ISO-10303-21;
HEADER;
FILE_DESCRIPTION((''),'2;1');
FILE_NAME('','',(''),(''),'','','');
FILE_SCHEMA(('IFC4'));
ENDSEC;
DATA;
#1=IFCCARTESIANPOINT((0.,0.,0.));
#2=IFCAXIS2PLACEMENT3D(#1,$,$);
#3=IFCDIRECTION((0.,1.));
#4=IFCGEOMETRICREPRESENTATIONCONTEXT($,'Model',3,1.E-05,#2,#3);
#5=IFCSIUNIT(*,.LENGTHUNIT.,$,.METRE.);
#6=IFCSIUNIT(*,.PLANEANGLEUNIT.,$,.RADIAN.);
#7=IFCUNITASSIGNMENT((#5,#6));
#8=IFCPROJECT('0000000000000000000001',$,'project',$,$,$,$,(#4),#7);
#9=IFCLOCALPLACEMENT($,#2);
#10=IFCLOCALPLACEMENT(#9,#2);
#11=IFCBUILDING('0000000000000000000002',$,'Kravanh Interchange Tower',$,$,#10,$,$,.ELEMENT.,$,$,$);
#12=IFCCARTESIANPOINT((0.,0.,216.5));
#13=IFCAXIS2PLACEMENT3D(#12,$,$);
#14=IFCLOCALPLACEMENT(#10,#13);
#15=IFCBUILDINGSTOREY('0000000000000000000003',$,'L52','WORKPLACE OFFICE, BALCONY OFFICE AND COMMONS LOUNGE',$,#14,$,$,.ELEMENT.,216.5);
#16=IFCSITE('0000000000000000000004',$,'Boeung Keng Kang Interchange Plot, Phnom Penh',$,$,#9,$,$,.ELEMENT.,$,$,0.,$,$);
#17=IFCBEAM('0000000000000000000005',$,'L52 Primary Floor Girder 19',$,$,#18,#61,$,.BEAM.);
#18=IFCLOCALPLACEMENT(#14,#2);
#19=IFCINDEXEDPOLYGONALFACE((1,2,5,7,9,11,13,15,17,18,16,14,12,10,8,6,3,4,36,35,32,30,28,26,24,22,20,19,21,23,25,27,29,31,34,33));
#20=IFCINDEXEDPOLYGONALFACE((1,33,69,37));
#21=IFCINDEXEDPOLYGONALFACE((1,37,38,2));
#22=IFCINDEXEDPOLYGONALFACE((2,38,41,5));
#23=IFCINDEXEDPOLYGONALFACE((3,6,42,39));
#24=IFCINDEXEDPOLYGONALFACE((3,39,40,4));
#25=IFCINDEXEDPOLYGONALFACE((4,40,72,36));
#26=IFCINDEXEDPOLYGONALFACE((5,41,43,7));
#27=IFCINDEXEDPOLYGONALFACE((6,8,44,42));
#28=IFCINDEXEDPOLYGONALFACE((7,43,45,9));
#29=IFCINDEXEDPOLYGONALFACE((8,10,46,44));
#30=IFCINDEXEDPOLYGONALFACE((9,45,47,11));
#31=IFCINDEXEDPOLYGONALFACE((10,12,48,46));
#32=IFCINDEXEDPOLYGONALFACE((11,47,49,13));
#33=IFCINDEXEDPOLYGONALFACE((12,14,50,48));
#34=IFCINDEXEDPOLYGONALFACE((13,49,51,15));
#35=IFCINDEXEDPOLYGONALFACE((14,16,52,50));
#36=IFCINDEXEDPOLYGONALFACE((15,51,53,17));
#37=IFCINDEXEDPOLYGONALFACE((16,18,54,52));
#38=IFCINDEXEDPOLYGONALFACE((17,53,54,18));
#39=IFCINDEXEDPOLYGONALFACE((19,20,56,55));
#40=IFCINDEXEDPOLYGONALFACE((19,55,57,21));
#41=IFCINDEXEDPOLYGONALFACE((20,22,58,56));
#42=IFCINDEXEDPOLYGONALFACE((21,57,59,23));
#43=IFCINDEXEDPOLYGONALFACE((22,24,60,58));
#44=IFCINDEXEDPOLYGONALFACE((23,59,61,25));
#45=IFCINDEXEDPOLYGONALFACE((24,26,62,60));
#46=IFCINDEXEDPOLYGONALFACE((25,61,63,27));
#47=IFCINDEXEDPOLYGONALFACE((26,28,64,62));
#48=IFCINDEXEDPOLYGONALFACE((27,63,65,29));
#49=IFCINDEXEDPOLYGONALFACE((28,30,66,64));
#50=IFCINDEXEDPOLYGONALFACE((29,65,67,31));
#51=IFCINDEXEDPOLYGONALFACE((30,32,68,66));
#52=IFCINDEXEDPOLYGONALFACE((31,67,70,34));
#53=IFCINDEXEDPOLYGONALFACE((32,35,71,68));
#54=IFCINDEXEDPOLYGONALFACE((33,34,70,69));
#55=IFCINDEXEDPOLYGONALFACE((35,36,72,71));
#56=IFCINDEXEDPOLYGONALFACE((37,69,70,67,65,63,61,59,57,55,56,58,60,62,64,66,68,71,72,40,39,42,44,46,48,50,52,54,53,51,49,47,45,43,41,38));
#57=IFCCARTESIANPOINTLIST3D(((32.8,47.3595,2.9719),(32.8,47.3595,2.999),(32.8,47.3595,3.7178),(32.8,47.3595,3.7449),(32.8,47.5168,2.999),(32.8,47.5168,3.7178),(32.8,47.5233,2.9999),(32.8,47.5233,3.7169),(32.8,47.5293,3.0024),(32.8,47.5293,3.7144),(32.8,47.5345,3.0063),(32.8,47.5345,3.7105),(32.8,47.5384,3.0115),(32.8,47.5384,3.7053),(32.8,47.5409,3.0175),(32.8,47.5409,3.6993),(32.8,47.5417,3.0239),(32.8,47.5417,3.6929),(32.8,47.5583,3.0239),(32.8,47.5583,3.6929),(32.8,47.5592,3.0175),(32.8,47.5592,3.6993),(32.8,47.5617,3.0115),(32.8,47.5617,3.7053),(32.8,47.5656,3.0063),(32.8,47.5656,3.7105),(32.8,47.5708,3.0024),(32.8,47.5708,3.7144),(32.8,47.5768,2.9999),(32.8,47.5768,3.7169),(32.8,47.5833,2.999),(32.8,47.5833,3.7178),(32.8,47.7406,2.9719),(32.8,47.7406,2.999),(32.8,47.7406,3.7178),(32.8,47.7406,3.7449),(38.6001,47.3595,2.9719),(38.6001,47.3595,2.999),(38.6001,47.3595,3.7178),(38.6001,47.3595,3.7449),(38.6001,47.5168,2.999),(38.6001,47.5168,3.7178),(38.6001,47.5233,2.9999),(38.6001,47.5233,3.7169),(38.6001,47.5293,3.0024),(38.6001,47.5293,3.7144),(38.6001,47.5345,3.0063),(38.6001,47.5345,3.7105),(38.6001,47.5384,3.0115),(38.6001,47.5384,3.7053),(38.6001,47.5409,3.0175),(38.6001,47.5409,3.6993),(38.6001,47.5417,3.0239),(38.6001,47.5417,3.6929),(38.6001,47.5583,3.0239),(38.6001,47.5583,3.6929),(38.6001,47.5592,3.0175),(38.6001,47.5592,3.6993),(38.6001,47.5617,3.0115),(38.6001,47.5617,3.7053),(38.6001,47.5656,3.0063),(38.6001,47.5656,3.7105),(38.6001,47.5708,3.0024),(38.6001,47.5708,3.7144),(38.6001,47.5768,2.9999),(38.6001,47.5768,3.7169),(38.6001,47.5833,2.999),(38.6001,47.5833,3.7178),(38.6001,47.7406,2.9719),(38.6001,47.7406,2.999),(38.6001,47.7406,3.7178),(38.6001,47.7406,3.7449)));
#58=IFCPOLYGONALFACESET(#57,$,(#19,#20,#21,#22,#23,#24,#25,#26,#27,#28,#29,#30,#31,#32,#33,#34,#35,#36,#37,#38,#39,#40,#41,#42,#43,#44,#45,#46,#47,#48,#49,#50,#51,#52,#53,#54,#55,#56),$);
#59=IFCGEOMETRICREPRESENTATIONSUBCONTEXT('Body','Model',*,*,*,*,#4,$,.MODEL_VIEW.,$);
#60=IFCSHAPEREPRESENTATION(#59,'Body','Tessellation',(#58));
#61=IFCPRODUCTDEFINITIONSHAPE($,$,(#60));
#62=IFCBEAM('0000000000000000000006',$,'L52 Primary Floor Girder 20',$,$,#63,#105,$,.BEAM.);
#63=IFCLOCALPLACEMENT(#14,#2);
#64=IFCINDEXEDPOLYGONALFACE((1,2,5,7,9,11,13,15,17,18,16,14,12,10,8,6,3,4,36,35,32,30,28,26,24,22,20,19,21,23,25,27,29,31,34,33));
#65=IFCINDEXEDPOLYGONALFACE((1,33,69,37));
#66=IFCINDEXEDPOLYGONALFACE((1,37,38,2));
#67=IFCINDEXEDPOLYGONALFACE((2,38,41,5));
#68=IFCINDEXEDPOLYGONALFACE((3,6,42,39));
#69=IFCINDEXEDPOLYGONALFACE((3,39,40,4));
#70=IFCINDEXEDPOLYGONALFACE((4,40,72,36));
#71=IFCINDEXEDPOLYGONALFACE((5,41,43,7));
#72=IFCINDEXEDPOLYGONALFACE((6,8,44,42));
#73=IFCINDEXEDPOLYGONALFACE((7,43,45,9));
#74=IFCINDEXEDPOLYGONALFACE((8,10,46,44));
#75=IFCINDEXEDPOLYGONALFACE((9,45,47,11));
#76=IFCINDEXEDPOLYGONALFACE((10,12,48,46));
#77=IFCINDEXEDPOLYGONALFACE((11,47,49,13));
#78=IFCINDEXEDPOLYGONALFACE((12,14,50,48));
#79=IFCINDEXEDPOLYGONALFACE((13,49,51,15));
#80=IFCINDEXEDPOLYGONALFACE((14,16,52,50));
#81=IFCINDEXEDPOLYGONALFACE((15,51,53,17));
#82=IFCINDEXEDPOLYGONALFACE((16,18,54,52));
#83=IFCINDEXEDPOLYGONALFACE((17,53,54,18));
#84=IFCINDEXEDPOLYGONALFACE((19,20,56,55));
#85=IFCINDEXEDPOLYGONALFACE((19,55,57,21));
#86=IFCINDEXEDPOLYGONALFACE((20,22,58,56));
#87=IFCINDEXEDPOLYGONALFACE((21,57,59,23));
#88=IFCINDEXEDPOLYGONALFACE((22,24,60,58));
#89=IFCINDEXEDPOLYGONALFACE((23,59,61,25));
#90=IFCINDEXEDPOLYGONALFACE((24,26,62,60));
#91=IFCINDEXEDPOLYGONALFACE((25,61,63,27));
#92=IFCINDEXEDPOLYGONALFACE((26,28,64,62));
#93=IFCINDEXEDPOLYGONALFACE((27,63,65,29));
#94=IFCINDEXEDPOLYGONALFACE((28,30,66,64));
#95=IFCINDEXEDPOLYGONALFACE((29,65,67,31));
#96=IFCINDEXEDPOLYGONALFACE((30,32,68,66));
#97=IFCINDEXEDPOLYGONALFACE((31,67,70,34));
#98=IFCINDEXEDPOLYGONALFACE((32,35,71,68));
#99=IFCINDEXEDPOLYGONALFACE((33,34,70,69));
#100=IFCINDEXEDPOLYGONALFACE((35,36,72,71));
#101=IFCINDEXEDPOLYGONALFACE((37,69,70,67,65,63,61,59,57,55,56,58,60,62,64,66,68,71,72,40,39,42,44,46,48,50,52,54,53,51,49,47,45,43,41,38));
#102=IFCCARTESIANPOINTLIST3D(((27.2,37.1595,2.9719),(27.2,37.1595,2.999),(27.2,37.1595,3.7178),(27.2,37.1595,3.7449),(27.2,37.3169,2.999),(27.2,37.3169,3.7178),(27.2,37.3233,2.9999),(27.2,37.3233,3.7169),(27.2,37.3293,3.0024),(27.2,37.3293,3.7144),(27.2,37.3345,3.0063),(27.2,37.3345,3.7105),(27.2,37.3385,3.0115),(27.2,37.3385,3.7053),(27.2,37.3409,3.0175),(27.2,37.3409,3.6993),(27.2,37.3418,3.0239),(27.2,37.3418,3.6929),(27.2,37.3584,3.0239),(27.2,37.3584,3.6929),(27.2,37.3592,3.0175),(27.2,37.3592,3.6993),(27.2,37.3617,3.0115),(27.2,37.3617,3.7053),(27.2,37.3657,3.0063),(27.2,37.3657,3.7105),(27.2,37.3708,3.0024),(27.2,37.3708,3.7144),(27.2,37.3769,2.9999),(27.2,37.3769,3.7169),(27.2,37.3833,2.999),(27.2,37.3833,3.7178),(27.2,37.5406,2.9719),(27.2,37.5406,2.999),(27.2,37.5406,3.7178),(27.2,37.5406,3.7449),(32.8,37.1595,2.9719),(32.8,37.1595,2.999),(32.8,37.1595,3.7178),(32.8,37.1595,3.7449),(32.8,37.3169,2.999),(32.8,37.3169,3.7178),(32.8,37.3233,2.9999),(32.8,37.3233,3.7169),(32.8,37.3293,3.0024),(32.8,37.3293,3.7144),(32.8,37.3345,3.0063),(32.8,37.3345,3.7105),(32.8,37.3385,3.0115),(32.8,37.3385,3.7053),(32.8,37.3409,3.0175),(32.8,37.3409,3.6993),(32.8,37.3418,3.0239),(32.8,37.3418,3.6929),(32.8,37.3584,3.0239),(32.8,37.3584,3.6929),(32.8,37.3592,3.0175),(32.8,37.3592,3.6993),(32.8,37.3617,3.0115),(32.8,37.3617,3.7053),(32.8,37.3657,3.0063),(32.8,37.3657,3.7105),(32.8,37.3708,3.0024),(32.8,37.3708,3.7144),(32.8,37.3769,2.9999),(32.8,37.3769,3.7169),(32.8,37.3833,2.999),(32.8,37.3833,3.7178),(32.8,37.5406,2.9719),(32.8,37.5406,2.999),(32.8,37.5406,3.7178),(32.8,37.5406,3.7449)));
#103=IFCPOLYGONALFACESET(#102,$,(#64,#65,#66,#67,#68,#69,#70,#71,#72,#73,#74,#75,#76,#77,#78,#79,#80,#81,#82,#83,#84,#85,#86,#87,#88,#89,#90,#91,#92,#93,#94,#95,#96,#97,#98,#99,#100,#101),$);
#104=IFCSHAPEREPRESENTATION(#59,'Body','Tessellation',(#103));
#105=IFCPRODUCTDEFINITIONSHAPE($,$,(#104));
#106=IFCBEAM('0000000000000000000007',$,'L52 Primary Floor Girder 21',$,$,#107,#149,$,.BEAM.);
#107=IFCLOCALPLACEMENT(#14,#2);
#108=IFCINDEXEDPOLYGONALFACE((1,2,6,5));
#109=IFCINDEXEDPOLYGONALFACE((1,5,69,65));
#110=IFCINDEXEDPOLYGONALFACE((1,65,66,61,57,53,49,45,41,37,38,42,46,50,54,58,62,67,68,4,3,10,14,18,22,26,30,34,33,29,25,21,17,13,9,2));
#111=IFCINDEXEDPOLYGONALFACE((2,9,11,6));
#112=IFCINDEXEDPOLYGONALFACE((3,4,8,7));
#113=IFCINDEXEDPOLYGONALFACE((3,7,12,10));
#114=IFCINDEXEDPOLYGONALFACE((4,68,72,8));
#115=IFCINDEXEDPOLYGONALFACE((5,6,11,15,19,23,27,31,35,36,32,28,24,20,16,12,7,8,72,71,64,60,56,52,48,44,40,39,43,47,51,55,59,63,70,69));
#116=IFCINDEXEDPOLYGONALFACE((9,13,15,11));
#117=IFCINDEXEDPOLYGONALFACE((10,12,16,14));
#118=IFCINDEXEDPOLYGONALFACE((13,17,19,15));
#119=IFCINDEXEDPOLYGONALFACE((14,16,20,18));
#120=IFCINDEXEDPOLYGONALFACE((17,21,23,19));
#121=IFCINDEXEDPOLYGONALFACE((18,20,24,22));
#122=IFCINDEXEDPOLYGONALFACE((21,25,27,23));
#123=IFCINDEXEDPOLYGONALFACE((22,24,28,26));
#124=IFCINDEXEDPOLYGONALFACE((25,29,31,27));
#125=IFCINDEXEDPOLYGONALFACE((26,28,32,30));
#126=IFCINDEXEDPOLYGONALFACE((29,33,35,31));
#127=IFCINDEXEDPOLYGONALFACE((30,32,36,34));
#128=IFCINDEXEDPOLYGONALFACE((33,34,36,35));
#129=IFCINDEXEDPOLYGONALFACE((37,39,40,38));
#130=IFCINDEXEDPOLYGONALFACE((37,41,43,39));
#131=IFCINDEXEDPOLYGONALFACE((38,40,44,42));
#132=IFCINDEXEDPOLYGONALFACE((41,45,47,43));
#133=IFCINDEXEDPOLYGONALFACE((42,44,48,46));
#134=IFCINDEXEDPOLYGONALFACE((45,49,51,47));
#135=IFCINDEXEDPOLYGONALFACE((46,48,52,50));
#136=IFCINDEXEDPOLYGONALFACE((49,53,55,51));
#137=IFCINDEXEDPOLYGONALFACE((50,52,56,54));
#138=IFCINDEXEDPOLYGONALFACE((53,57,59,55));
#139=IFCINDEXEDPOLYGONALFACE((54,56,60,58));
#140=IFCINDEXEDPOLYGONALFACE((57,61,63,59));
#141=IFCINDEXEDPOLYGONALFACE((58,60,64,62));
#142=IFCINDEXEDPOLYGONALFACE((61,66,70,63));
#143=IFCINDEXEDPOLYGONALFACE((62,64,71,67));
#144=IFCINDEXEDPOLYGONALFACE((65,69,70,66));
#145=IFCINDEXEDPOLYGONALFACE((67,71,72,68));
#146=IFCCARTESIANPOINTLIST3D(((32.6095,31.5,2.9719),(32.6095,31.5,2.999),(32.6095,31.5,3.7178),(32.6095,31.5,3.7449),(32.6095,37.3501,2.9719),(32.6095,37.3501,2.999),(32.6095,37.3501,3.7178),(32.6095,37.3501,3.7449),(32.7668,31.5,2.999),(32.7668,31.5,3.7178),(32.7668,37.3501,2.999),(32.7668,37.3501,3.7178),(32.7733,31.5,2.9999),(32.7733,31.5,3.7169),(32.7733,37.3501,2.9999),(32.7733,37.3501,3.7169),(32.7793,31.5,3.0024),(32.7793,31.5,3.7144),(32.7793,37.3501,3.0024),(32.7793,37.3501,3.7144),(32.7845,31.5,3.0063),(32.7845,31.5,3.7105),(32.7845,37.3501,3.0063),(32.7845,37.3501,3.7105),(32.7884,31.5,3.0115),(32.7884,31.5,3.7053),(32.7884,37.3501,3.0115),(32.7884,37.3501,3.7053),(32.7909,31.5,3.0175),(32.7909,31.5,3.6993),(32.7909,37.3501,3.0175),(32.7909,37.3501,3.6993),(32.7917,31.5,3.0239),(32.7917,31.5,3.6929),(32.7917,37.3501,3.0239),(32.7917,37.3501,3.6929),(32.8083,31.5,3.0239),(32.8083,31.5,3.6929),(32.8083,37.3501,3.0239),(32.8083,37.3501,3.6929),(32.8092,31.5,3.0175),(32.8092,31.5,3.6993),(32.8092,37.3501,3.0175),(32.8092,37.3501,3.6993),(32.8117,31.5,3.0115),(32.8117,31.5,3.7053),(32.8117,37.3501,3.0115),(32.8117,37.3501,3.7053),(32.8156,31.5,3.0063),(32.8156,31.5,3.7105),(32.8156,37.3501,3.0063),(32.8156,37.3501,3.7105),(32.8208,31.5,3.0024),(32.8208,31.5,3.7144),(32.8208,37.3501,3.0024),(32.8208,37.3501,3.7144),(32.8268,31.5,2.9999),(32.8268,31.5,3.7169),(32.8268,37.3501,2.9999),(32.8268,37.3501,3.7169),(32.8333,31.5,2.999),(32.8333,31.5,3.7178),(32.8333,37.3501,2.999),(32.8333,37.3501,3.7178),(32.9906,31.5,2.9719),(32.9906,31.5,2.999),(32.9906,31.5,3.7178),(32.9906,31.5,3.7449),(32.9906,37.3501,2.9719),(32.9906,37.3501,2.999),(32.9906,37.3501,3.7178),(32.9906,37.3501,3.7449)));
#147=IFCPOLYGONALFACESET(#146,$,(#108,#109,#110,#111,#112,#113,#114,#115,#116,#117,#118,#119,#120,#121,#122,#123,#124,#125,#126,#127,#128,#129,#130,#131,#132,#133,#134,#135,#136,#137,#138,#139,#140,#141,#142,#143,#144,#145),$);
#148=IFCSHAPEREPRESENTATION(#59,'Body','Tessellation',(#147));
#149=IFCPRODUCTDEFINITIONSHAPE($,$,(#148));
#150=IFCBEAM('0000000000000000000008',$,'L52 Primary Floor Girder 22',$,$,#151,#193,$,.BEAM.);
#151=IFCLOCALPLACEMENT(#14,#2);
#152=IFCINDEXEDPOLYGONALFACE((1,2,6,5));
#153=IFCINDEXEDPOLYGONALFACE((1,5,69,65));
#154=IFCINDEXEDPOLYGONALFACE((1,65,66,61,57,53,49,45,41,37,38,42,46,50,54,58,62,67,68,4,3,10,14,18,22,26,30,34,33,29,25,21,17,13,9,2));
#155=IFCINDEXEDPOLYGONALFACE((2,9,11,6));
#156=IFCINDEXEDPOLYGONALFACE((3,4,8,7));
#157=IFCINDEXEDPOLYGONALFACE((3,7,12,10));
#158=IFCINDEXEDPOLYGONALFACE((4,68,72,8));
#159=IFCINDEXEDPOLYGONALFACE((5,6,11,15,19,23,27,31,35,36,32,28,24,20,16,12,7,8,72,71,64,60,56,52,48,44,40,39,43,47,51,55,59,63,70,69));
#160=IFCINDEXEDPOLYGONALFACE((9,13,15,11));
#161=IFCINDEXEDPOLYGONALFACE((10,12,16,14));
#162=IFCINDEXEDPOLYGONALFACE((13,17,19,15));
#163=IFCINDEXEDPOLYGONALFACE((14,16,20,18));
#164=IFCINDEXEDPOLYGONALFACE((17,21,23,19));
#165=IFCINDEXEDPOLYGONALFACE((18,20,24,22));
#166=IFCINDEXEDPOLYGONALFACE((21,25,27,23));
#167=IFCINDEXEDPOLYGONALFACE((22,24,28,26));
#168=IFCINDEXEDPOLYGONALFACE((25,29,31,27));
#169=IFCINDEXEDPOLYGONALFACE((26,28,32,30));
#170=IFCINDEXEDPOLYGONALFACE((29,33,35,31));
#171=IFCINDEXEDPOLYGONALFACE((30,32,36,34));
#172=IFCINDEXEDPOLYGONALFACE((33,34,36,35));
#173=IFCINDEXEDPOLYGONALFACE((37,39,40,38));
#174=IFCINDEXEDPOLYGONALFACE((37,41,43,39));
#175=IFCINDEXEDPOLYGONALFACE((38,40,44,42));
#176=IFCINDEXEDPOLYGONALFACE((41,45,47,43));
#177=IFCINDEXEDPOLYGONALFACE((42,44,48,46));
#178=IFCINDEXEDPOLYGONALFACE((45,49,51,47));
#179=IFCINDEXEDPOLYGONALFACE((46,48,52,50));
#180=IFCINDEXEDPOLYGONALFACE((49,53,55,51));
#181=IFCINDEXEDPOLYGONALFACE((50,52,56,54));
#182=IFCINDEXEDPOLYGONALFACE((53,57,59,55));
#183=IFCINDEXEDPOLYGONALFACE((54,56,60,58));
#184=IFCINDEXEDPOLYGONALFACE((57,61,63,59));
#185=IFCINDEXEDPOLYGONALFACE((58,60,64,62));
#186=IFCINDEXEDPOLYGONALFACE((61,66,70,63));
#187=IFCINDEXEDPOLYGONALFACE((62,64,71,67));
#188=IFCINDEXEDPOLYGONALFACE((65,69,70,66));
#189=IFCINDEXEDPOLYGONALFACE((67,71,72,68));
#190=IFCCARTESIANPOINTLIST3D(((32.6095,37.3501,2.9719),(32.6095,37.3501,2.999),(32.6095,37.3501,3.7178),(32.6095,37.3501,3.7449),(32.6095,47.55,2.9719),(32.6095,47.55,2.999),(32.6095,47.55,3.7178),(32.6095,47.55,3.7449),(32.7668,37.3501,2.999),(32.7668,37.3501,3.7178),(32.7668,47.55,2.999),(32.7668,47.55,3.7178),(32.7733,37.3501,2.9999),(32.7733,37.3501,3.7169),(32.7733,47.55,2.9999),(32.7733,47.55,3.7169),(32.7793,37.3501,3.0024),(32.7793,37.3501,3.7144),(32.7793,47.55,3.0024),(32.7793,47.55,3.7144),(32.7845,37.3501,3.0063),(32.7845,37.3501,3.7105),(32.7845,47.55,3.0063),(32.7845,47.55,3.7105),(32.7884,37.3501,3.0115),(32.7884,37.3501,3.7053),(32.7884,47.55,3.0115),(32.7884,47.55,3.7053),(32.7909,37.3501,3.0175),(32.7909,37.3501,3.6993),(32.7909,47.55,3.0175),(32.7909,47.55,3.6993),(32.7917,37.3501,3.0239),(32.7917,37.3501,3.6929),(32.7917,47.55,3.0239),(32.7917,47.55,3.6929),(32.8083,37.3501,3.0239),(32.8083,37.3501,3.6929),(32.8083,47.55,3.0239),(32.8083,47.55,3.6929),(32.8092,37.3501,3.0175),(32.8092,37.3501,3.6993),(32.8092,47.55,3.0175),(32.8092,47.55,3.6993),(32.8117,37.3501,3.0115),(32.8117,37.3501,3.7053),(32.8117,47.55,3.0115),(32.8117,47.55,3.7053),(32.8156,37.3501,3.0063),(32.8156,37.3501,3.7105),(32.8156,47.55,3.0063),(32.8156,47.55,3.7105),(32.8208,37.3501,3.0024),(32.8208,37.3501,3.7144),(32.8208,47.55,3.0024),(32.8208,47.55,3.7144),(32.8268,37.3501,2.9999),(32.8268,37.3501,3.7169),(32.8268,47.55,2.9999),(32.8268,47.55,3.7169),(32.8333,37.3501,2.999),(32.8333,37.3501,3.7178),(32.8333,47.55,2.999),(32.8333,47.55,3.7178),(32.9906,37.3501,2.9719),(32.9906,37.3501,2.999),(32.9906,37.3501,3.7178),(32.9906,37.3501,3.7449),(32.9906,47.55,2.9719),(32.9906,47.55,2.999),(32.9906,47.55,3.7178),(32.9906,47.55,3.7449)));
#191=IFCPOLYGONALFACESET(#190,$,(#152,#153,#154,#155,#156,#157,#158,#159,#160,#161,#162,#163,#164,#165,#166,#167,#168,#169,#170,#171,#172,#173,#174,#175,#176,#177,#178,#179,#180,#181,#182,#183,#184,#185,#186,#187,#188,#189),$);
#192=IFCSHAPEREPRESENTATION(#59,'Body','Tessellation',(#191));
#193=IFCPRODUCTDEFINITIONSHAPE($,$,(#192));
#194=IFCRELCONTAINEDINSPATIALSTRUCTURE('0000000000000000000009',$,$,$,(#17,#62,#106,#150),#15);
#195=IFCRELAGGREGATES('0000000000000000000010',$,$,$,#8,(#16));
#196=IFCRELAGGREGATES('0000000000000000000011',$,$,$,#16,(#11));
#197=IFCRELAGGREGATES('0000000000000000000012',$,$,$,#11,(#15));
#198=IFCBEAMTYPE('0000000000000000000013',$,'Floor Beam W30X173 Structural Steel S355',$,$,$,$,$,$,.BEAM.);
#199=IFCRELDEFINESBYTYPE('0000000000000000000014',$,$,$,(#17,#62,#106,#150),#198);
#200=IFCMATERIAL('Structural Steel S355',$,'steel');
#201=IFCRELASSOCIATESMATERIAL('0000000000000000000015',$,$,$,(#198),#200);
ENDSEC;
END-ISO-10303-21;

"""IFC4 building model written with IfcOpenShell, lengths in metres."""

from ifc_helpers import new_model, si_unit, direction, frame, origin, origin_2d, place, context, subcontext, project, spatial, i_section, extrude, material, material_profile, profile_set, type_object, element, save


model = new_model("IFC4")

# Units and contexts
model_context = context("Model", 3, precision=1e-05, world=origin(), true_north=direction((0.0, 1.0)))
body_context = subcontext(model_context, "Body", "Model", "MODEL_VIEW")
ifc_project = project(units=[si_unit("LENGTHUNIT", "METRE"), si_unit("PLANEANGLEUNIT", "RADIAN")], contexts=[model_context])

# Site, building, storey
site_placement = place(None, origin())
site = spatial("IfcSite", under=ifc_project, at=site_placement, Name="Boeung Keng Kang Interchange Plot, Phnom Penh", CompositionType="ELEMENT", RefElevation=0.0)
building_placement = place(site_placement, origin())
building = spatial("IfcBuilding", under=site, at=building_placement, Name="Kravanh Interchange Tower", CompositionType="ELEMENT")
storey_placement = place(building_placement, frame((0.0, 0.0, 216.5)))
storey = spatial("IfcBuildingStorey", under=building, at=storey_placement, Name="L52", Description="WORKPLACE OFFICE, BALCONY OFFICE AND COMMONS LOUNGE", CompositionType="ELEMENT", Elevation=216.5)

# Beams
ifc_material_1 = material(Name="Structural Steel S355", Category="steel")
ifc_material_profile_1 = material_profile(ifc_material_1, i_section(OverallWidth=0.3811, OverallDepth=0.7729, WebThickness=0.0166, FlangeThickness=0.0271, FilletRadius=0.0249, at=origin_2d()), Name="W30X173")
ifc_profile_set_1 = profile_set([ifc_material_profile_1], Name="Structural Steel S355")
beam_type = type_object("IfcBeamType", Name="Floor Beam W30X173 Structural Steel S355", PredefinedType="BEAM", material=ifc_profile_set_1)
beam_1_placement = place(storey_placement, frame((38.6001, 47.55, 3.3584), z_axis=(-1.0, 0.0, 0.0), x_axis=(0.0, -1.0, 0.0)))
element("IfcBeam", 1, at=beam_1_placement, inside=storey, type_object=beam_type, Name="L52 Primary Floor Girder 19", PredefinedType="BEAM", context=body_context, shape_type="SweptSolid", body=[
    extrude(i_section(OverallWidth=0.3811, OverallDepth=0.7729, WebThickness=0.0166, FlangeThickness=0.0271, FilletRadius=0.0249, at=origin_2d()), origin(), (0.0, 0.0, 1.0), 5.8),
])
beam_2_placement = place(storey_placement, frame((32.8, 37.3501, 3.3584), z_axis=(-1.0, 0.0, 0.0), x_axis=(0.0, -1.0, 0.0)))
element("IfcBeam", 2, at=beam_2_placement, inside=storey, type_object=beam_type, Name="L52 Primary Floor Girder 20", PredefinedType="BEAM", context=body_context, shape_type="SweptSolid", body=[
    extrude(i_section(OverallWidth=0.3811, OverallDepth=0.7729, WebThickness=0.0166, FlangeThickness=0.0271, FilletRadius=0.0249, at=origin_2d()), origin(), (0.0, 0.0, 1.0), 5.6001),
])
beam_3_placement = place(storey_placement, frame((32.8, 37.3501, 3.3584), z_axis=(0.0, -1.0, 0.0), x_axis=(1.0, 0.0, 0.0)))
element("IfcBeam", 3, at=beam_3_placement, inside=storey, type_object=beam_type, Name="L52 Primary Floor Girder 21", PredefinedType="BEAM", context=body_context, shape_type="SweptSolid", body=[
    extrude(i_section(OverallWidth=0.3811, OverallDepth=0.7729, WebThickness=0.0166, FlangeThickness=0.0271, FilletRadius=0.0249, at=origin_2d()), origin(), (0.0, 0.0, 1.0), 5.8501),
])
beam_4_placement = place(storey_placement, frame((32.8, 37.3501, 3.3584), z_axis=(0.0, 1.0, 0.0), x_axis=(-1.0, 0.0, 0.0)))
element("IfcBeam", 4, at=beam_4_placement, inside=storey, type_object=beam_type, Name="L52 Primary Floor Girder 22", PredefinedType="BEAM", context=body_context, shape_type="SweptSolid", body=[
    extrude(i_section(OverallWidth=0.3811, OverallDepth=0.7729, WebThickness=0.0166, FlangeThickness=0.0271, FilletRadius=0.0249, at=origin_2d()), origin(), (0.0, 0.0, 1.0), 10.2),
])

save(model, "model.ifc")
